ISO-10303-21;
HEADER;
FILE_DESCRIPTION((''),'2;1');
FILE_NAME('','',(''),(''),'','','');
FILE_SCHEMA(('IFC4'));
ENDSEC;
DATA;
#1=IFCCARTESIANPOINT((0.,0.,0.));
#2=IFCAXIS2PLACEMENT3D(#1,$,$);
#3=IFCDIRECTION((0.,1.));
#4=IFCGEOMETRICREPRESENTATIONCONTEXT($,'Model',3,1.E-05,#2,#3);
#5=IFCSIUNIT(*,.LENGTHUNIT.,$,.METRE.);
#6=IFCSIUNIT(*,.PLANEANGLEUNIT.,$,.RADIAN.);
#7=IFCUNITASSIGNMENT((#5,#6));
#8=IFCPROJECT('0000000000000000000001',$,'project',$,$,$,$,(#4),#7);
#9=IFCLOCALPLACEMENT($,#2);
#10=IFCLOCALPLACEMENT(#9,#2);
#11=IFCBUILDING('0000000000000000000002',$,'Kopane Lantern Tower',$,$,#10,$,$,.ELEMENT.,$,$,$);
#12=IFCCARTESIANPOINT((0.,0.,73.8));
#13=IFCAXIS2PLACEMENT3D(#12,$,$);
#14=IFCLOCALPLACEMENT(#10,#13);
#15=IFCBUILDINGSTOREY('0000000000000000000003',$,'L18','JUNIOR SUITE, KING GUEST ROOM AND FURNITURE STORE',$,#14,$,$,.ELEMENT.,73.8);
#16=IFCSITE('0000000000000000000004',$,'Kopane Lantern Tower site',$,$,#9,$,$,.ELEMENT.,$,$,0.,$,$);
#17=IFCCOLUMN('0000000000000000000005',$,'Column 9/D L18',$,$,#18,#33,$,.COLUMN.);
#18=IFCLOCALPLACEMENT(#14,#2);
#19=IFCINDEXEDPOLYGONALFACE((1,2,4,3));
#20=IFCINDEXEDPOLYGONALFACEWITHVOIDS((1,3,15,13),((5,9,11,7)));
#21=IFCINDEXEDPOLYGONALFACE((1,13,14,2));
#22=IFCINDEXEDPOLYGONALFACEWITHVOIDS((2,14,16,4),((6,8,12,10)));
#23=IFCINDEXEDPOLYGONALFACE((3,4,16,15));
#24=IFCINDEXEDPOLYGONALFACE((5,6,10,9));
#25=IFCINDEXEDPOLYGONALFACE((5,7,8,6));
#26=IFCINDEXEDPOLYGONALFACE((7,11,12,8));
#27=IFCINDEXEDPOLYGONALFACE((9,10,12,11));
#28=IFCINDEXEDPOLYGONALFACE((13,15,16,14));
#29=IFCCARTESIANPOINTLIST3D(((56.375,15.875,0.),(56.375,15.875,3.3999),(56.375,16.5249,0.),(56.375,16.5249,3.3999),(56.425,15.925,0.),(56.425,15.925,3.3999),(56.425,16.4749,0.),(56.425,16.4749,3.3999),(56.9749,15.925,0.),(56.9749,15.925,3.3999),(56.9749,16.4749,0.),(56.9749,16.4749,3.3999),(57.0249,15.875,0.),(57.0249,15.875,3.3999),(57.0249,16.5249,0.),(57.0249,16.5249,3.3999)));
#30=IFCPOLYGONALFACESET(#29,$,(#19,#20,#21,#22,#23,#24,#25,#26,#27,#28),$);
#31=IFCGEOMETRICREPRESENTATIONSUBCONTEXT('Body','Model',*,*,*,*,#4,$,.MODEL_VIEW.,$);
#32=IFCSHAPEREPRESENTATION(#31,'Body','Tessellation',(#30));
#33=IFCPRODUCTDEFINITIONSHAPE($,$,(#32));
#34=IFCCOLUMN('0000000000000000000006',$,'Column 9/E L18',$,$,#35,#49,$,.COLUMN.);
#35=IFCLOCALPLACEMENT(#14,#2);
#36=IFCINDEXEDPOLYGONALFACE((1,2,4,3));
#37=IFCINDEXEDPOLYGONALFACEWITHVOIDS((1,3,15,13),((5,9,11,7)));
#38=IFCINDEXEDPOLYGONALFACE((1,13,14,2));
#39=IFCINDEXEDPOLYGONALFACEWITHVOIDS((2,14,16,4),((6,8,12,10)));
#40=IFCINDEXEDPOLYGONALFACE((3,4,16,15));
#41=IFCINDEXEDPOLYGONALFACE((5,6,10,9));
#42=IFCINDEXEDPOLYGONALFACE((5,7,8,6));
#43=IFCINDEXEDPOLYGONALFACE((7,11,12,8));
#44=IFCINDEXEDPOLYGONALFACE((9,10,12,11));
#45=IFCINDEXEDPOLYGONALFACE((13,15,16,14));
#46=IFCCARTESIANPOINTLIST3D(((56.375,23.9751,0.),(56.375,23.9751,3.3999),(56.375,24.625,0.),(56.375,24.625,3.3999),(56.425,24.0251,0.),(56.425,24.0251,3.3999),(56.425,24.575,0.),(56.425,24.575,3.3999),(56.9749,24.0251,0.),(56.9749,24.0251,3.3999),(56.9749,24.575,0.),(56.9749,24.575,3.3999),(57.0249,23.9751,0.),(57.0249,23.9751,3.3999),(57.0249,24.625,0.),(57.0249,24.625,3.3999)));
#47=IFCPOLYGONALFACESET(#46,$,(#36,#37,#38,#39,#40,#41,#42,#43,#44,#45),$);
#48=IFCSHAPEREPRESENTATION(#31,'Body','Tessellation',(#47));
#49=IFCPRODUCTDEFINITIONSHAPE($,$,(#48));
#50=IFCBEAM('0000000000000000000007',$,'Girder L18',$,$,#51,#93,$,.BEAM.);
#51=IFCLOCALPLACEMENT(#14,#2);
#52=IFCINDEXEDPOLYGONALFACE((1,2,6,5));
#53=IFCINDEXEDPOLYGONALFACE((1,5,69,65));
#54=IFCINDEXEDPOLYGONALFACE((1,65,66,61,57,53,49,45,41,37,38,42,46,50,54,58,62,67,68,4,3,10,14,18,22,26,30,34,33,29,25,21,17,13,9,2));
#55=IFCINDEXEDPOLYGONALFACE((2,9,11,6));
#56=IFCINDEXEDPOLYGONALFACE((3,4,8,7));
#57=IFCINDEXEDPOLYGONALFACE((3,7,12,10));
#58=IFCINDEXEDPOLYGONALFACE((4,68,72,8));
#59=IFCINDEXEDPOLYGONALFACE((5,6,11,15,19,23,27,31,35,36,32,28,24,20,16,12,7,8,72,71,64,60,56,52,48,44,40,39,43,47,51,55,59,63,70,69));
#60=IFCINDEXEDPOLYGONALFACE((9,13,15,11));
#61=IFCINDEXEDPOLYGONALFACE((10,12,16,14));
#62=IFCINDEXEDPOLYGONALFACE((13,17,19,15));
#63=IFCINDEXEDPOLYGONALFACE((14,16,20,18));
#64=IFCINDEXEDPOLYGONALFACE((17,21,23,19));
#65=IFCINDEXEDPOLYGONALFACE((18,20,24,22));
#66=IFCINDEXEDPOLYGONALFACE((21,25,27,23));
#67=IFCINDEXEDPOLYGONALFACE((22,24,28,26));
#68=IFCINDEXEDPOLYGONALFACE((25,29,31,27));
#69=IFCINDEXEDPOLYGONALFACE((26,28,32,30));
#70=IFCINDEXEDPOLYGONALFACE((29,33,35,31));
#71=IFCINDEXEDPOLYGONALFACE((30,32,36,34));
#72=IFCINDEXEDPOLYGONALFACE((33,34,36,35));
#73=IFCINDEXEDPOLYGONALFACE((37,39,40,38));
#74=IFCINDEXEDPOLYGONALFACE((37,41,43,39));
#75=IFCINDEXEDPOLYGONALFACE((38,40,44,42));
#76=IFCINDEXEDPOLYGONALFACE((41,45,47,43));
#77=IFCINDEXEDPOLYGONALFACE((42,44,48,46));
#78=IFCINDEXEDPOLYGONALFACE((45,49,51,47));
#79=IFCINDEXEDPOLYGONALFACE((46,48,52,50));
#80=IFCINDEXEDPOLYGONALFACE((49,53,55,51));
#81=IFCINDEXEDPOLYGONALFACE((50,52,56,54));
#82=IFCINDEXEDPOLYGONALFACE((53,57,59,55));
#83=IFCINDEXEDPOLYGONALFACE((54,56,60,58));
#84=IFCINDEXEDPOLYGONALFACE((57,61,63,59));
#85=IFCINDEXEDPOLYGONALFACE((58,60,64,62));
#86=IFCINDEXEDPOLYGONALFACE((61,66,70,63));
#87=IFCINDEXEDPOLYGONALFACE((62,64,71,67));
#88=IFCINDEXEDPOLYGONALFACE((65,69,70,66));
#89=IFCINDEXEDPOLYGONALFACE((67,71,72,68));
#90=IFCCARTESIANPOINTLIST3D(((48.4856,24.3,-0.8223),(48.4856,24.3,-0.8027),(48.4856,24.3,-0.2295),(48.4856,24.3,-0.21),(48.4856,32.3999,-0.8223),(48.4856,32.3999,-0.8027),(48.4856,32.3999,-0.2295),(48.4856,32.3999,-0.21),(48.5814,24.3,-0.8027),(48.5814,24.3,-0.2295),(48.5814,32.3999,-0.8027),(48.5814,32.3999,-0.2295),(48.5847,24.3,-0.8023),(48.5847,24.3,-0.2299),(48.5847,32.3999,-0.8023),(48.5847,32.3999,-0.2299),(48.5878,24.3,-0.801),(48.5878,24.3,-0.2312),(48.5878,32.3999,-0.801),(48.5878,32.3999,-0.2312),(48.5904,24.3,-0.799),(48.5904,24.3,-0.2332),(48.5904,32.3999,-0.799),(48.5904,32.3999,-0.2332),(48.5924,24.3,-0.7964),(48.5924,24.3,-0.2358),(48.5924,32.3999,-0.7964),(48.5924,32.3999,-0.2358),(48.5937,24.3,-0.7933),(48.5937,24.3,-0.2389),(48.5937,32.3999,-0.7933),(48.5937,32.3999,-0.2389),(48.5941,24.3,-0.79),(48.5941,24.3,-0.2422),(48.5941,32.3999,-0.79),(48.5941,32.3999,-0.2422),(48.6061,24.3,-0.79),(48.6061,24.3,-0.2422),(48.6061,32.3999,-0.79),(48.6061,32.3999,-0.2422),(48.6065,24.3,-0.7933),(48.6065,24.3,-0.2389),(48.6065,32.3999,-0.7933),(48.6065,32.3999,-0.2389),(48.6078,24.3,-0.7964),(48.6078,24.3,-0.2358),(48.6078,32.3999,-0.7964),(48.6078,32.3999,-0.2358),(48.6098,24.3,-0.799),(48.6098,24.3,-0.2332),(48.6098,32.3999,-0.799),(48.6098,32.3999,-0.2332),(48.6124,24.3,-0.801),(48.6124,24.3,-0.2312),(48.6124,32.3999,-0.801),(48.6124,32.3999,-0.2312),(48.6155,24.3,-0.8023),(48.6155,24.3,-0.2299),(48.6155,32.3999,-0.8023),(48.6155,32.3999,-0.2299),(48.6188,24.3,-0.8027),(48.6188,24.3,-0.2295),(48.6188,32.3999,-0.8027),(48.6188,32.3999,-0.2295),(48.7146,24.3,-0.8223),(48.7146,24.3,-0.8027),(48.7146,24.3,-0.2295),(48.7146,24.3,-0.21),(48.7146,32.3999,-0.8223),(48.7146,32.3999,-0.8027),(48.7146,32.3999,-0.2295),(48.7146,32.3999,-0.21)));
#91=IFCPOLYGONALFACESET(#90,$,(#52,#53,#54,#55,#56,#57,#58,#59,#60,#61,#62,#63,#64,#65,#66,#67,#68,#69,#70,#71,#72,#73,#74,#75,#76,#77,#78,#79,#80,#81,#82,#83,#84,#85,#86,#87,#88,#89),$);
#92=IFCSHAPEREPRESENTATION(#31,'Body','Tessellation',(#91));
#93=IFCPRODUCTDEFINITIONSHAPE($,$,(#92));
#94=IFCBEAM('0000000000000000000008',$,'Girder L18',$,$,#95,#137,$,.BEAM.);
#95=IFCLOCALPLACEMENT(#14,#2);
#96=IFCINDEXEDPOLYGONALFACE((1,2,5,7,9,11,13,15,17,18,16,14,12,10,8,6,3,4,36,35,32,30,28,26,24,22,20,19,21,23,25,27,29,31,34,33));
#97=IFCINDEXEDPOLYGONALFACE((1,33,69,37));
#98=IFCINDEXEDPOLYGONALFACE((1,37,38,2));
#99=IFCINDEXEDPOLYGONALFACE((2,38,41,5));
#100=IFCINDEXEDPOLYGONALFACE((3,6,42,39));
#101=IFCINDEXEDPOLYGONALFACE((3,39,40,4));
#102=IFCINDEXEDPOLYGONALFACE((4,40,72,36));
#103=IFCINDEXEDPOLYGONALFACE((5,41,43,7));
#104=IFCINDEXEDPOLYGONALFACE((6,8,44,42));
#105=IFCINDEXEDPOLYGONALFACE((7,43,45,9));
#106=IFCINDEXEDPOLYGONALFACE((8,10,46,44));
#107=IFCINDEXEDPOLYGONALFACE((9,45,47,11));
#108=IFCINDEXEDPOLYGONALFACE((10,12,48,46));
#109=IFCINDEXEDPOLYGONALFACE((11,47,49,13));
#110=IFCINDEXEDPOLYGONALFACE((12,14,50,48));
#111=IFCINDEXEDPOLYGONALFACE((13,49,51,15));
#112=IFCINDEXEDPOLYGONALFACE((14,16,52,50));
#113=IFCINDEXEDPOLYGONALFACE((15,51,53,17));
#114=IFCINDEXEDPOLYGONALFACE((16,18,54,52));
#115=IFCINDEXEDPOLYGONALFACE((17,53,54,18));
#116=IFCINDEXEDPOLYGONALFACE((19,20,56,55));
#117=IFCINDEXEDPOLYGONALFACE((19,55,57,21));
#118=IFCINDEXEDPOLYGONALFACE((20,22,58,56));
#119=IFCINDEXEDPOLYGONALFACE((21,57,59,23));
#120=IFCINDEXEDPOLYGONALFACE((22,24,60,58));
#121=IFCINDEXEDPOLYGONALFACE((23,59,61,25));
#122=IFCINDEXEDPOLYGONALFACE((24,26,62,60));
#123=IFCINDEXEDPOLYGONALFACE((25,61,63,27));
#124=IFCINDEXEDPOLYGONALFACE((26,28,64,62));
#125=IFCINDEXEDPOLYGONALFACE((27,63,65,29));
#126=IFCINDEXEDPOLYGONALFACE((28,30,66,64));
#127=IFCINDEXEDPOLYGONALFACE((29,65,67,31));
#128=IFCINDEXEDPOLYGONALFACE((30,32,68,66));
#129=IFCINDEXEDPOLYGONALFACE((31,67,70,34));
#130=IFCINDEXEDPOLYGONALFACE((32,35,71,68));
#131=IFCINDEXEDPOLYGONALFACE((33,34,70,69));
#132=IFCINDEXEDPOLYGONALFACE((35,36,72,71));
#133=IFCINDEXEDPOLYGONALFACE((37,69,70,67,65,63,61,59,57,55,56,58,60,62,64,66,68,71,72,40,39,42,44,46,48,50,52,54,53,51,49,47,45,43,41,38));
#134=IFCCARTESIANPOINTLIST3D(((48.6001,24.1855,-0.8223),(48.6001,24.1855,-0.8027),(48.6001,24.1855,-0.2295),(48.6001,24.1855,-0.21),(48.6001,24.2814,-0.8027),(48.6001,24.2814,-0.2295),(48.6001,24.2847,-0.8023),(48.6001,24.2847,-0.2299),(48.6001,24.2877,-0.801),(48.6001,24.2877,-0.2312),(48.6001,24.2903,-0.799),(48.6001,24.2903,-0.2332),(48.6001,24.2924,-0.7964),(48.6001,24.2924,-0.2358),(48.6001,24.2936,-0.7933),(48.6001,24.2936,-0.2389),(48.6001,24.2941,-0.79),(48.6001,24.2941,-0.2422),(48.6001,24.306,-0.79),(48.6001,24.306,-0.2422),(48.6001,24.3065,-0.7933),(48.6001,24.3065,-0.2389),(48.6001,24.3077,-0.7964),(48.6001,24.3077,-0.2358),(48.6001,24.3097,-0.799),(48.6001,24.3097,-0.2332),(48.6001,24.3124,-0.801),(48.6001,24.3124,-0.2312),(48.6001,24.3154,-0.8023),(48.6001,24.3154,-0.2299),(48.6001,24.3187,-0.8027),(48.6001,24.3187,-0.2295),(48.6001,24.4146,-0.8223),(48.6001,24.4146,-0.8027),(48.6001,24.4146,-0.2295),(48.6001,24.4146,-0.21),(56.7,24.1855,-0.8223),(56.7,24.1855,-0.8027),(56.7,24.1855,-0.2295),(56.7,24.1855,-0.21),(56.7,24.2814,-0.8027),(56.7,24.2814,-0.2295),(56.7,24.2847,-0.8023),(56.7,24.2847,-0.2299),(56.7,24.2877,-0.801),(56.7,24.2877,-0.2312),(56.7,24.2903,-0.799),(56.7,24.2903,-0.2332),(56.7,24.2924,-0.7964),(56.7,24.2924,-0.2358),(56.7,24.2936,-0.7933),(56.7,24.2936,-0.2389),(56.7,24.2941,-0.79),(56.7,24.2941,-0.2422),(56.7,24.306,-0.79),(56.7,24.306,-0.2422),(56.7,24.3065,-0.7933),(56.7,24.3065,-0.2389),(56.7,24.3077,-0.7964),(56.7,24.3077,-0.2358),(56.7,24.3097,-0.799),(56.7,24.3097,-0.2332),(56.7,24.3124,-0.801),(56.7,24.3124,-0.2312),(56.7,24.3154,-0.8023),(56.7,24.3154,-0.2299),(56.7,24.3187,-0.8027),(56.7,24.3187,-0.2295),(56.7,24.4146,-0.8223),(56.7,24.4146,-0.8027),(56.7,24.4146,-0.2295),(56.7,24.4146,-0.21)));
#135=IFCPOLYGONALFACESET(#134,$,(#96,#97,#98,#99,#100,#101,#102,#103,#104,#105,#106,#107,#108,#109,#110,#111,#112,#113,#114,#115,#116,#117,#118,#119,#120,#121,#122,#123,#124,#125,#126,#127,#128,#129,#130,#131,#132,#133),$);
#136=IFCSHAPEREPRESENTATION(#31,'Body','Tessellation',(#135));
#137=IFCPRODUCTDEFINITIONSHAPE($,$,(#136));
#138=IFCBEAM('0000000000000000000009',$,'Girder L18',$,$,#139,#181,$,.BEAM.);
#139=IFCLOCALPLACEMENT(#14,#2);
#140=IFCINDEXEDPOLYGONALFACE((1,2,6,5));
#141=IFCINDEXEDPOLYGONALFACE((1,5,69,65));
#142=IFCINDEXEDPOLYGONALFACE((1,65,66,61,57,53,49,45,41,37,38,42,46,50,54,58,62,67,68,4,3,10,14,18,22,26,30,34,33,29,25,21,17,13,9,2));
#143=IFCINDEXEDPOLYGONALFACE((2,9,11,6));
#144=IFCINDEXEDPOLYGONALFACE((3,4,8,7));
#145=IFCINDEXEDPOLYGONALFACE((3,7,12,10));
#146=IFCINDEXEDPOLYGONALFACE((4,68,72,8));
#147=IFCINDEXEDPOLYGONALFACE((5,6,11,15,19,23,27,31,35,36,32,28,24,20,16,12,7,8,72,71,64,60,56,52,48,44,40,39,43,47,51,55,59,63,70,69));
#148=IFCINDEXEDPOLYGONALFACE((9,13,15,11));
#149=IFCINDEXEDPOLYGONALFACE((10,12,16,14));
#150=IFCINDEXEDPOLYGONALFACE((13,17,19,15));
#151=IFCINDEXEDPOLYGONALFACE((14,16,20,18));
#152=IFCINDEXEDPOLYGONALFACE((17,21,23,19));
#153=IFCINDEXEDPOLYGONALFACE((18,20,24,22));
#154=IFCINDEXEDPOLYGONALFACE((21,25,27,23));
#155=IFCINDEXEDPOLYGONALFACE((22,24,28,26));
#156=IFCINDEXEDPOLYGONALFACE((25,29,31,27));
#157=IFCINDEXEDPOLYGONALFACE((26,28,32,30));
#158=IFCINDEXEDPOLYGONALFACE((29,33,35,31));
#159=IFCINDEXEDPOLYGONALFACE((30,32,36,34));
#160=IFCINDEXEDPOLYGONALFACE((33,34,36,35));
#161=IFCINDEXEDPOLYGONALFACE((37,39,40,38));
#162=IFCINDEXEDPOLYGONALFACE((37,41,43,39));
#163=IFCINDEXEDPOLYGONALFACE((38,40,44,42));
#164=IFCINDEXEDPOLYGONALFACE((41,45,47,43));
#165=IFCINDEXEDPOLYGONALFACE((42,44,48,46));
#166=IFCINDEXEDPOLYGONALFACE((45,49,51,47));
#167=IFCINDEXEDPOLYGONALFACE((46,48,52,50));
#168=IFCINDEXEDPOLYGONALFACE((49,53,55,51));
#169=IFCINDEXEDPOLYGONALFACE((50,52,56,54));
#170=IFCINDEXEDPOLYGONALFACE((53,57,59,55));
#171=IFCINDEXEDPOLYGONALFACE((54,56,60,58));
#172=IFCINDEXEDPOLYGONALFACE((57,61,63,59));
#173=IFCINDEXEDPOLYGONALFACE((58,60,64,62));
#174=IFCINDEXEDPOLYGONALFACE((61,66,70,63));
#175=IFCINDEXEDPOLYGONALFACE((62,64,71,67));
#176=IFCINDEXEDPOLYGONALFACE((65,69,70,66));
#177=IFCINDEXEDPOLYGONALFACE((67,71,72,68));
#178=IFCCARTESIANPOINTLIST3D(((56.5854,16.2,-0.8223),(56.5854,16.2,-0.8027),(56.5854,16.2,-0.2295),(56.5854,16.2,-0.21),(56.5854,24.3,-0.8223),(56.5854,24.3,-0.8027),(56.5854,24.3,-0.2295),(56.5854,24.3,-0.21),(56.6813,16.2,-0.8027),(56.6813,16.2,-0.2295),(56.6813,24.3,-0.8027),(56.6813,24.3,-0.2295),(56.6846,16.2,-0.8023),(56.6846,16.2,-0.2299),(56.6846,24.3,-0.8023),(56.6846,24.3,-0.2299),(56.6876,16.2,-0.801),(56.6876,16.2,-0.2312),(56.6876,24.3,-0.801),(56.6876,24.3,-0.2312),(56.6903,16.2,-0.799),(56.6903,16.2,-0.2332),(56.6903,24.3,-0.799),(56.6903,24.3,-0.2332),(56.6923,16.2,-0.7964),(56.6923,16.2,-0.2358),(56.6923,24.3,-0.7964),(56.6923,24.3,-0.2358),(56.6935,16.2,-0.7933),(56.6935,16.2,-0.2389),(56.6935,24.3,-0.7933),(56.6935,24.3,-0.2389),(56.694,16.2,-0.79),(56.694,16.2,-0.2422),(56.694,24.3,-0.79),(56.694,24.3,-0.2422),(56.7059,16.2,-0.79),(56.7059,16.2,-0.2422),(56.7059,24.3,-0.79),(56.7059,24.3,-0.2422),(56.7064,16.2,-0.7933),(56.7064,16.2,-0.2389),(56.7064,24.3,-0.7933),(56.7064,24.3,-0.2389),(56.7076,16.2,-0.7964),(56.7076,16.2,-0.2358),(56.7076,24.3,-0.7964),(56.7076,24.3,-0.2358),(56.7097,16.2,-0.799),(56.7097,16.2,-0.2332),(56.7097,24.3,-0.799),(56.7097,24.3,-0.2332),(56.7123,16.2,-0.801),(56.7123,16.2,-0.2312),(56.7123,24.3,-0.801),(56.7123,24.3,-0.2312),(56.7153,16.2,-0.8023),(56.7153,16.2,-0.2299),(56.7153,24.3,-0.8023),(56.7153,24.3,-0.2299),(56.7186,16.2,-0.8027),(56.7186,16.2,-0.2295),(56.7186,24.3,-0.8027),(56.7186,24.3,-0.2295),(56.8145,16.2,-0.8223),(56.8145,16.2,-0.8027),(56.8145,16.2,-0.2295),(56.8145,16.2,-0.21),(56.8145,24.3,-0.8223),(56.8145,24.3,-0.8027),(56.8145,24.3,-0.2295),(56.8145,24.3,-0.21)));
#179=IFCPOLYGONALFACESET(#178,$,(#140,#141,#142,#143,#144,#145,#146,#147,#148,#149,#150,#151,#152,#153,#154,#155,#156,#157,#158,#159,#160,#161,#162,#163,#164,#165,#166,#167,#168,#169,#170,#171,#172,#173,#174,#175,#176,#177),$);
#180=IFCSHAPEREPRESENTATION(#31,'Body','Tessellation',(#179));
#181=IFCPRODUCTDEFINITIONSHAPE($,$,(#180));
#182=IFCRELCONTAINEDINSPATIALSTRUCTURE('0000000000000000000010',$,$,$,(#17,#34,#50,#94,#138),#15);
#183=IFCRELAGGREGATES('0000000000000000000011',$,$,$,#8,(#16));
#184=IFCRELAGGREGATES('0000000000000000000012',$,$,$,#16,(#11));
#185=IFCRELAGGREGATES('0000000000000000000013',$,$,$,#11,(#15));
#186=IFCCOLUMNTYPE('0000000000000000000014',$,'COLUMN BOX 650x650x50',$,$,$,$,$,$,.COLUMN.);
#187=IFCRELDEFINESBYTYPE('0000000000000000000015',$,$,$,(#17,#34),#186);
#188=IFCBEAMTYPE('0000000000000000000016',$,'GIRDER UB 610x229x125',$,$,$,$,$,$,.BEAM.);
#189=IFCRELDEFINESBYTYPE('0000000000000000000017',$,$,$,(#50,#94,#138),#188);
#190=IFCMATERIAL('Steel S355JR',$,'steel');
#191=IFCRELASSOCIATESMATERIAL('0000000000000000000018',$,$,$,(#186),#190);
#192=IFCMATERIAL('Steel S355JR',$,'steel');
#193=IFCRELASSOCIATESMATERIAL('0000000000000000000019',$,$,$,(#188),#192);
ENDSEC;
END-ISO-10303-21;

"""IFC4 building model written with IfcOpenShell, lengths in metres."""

from ifc_helpers import new_model, si_unit, direction, frame, origin, origin_2d, place, context, subcontext, project, spatial, hollow_rectangle, i_section, extrude, material, material_profile, profile_set, type_object, element, save


model = new_model("IFC4")

# Units and contexts
model_context = context("Model", 3, precision=1e-05, world=origin(), true_north=direction((0.0, 1.0)))
body_context = subcontext(model_context, "Body", "Model", "MODEL_VIEW")
ifc_project = project(units=[si_unit("LENGTHUNIT", "METRE"), si_unit("PLANEANGLEUNIT", "RADIAN")], contexts=[model_context])

# Site, building, storey
site_placement = place(None, origin())
site = spatial("IfcSite", under=ifc_project, at=site_placement, Name="Kopane Lantern Tower site", CompositionType="ELEMENT", RefElevation=0.0)
building_placement = place(site_placement, origin())
building = spatial("IfcBuilding", under=site, at=building_placement, Name="Kopane Lantern Tower", CompositionType="ELEMENT")
storey_placement = place(building_placement, frame((0.0, 0.0, 73.8)))
storey = spatial("IfcBuildingStorey", under=building, at=storey_placement, Name="L18", Description="JUNIOR SUITE, KING GUEST ROOM AND FURNITURE STORE", CompositionType="ELEMENT", Elevation=73.8)

# Columns
ifc_material_1 = material(Name="Steel S355JR", Category="steel")
ifc_material_profile_1 = material_profile(ifc_material_1, hollow_rectangle(XDim=0.6499, YDim=0.6499, WallThickness=0.05, at=origin_2d()), Name="BOX 650x650x50")
ifc_profile_set_1 = profile_set([ifc_material_profile_1], Name="Steel S355JR")
column_type = type_object("IfcColumnType", Name="COLUMN BOX 650x650x50", PredefinedType="COLUMN", material=ifc_profile_set_1)
for number, where, z_axis, x_axis, name in (
    (1, (56.7, 16.2, 0.0), (0.0, 0.0, 1.0), (1.0, 0.0, 0.0), "Column 9/D L18"),
    (2, (56.7, 24.3, 0.0), (0.0, 0.0, 1.0), (1.0, 0.0, 0.0), "Column 9/E L18"),
):
    element("IfcColumn", number, at=place(storey_placement, frame(where, z_axis=z_axis, x_axis=x_axis)), inside=storey, type_object=column_type, Name=name, PredefinedType="COLUMN", context=body_context, shape_type="SweptSolid", body=[
        extrude(hollow_rectangle(XDim=0.6499, YDim=0.6499, WallThickness=0.05, at=origin_2d()), origin(), (0.0, 0.0, 1.0), 3.3999),
    ])

# Beams
ifc_material_2 = material(Name="Steel S355JR", Category="steel")
ifc_material_profile_2 = material_profile(ifc_material_2, i_section(OverallWidth=0.229, OverallDepth=0.6123, WebThickness=0.012, FlangeThickness=0.0195, FilletRadius=0.0127, at=origin_2d()), Name="UB 610x229x125")
ifc_profile_set_2 = profile_set([ifc_material_profile_2], Name="Steel S355JR")
beam_type = type_object("IfcBeamType", Name="GIRDER UB 610x229x125", PredefinedType="BEAM", material=ifc_profile_set_2)
for number, where, z_axis, x_axis, name in (
    (3, (48.6001, 24.3, -0.5161), (0.0, 1.0, 0.0), (-1.0, 0.0, 0.0), "Girder L18"),
    (4, (48.6001, 24.3, -0.5161), (1.0, 0.0, 0.0), (0.0, 1.0, 0.0), "Girder L18"),
):
    element("IfcBeam", number, at=place(storey_placement, frame(where, z_axis=z_axis, x_axis=x_axis)), inside=storey, type_object=beam_type, Name=name, PredefinedType="BEAM", context=body_context, shape_type="SweptSolid", body=[
        extrude(i_section(OverallWidth=0.229, OverallDepth=0.6123, WebThickness=0.012, FlangeThickness=0.0195, FilletRadius=0.0127, at=origin_2d()), origin(), (0.0, 0.0, 1.0), 8.0999),
    ])
beam_1_placement = place(storey_placement, frame((56.7, 16.2, -0.5161), z_axis=(0.0, 1.0, 0.0), x_axis=(-1.0, 0.0, 0.0)))
element("IfcBeam", 5, at=beam_1_placement, inside=storey, type_object=beam_type, Name="Girder L18", PredefinedType="BEAM", context=body_context, shape_type="SweptSolid", body=[
    extrude(i_section(OverallWidth=0.229, OverallDepth=0.6123, WebThickness=0.012, FlangeThickness=0.0195, FilletRadius=0.0127, at=origin_2d()), origin(), (0.0, 0.0, 1.0), 8.1001),
])

save(model, "model.ifc")
